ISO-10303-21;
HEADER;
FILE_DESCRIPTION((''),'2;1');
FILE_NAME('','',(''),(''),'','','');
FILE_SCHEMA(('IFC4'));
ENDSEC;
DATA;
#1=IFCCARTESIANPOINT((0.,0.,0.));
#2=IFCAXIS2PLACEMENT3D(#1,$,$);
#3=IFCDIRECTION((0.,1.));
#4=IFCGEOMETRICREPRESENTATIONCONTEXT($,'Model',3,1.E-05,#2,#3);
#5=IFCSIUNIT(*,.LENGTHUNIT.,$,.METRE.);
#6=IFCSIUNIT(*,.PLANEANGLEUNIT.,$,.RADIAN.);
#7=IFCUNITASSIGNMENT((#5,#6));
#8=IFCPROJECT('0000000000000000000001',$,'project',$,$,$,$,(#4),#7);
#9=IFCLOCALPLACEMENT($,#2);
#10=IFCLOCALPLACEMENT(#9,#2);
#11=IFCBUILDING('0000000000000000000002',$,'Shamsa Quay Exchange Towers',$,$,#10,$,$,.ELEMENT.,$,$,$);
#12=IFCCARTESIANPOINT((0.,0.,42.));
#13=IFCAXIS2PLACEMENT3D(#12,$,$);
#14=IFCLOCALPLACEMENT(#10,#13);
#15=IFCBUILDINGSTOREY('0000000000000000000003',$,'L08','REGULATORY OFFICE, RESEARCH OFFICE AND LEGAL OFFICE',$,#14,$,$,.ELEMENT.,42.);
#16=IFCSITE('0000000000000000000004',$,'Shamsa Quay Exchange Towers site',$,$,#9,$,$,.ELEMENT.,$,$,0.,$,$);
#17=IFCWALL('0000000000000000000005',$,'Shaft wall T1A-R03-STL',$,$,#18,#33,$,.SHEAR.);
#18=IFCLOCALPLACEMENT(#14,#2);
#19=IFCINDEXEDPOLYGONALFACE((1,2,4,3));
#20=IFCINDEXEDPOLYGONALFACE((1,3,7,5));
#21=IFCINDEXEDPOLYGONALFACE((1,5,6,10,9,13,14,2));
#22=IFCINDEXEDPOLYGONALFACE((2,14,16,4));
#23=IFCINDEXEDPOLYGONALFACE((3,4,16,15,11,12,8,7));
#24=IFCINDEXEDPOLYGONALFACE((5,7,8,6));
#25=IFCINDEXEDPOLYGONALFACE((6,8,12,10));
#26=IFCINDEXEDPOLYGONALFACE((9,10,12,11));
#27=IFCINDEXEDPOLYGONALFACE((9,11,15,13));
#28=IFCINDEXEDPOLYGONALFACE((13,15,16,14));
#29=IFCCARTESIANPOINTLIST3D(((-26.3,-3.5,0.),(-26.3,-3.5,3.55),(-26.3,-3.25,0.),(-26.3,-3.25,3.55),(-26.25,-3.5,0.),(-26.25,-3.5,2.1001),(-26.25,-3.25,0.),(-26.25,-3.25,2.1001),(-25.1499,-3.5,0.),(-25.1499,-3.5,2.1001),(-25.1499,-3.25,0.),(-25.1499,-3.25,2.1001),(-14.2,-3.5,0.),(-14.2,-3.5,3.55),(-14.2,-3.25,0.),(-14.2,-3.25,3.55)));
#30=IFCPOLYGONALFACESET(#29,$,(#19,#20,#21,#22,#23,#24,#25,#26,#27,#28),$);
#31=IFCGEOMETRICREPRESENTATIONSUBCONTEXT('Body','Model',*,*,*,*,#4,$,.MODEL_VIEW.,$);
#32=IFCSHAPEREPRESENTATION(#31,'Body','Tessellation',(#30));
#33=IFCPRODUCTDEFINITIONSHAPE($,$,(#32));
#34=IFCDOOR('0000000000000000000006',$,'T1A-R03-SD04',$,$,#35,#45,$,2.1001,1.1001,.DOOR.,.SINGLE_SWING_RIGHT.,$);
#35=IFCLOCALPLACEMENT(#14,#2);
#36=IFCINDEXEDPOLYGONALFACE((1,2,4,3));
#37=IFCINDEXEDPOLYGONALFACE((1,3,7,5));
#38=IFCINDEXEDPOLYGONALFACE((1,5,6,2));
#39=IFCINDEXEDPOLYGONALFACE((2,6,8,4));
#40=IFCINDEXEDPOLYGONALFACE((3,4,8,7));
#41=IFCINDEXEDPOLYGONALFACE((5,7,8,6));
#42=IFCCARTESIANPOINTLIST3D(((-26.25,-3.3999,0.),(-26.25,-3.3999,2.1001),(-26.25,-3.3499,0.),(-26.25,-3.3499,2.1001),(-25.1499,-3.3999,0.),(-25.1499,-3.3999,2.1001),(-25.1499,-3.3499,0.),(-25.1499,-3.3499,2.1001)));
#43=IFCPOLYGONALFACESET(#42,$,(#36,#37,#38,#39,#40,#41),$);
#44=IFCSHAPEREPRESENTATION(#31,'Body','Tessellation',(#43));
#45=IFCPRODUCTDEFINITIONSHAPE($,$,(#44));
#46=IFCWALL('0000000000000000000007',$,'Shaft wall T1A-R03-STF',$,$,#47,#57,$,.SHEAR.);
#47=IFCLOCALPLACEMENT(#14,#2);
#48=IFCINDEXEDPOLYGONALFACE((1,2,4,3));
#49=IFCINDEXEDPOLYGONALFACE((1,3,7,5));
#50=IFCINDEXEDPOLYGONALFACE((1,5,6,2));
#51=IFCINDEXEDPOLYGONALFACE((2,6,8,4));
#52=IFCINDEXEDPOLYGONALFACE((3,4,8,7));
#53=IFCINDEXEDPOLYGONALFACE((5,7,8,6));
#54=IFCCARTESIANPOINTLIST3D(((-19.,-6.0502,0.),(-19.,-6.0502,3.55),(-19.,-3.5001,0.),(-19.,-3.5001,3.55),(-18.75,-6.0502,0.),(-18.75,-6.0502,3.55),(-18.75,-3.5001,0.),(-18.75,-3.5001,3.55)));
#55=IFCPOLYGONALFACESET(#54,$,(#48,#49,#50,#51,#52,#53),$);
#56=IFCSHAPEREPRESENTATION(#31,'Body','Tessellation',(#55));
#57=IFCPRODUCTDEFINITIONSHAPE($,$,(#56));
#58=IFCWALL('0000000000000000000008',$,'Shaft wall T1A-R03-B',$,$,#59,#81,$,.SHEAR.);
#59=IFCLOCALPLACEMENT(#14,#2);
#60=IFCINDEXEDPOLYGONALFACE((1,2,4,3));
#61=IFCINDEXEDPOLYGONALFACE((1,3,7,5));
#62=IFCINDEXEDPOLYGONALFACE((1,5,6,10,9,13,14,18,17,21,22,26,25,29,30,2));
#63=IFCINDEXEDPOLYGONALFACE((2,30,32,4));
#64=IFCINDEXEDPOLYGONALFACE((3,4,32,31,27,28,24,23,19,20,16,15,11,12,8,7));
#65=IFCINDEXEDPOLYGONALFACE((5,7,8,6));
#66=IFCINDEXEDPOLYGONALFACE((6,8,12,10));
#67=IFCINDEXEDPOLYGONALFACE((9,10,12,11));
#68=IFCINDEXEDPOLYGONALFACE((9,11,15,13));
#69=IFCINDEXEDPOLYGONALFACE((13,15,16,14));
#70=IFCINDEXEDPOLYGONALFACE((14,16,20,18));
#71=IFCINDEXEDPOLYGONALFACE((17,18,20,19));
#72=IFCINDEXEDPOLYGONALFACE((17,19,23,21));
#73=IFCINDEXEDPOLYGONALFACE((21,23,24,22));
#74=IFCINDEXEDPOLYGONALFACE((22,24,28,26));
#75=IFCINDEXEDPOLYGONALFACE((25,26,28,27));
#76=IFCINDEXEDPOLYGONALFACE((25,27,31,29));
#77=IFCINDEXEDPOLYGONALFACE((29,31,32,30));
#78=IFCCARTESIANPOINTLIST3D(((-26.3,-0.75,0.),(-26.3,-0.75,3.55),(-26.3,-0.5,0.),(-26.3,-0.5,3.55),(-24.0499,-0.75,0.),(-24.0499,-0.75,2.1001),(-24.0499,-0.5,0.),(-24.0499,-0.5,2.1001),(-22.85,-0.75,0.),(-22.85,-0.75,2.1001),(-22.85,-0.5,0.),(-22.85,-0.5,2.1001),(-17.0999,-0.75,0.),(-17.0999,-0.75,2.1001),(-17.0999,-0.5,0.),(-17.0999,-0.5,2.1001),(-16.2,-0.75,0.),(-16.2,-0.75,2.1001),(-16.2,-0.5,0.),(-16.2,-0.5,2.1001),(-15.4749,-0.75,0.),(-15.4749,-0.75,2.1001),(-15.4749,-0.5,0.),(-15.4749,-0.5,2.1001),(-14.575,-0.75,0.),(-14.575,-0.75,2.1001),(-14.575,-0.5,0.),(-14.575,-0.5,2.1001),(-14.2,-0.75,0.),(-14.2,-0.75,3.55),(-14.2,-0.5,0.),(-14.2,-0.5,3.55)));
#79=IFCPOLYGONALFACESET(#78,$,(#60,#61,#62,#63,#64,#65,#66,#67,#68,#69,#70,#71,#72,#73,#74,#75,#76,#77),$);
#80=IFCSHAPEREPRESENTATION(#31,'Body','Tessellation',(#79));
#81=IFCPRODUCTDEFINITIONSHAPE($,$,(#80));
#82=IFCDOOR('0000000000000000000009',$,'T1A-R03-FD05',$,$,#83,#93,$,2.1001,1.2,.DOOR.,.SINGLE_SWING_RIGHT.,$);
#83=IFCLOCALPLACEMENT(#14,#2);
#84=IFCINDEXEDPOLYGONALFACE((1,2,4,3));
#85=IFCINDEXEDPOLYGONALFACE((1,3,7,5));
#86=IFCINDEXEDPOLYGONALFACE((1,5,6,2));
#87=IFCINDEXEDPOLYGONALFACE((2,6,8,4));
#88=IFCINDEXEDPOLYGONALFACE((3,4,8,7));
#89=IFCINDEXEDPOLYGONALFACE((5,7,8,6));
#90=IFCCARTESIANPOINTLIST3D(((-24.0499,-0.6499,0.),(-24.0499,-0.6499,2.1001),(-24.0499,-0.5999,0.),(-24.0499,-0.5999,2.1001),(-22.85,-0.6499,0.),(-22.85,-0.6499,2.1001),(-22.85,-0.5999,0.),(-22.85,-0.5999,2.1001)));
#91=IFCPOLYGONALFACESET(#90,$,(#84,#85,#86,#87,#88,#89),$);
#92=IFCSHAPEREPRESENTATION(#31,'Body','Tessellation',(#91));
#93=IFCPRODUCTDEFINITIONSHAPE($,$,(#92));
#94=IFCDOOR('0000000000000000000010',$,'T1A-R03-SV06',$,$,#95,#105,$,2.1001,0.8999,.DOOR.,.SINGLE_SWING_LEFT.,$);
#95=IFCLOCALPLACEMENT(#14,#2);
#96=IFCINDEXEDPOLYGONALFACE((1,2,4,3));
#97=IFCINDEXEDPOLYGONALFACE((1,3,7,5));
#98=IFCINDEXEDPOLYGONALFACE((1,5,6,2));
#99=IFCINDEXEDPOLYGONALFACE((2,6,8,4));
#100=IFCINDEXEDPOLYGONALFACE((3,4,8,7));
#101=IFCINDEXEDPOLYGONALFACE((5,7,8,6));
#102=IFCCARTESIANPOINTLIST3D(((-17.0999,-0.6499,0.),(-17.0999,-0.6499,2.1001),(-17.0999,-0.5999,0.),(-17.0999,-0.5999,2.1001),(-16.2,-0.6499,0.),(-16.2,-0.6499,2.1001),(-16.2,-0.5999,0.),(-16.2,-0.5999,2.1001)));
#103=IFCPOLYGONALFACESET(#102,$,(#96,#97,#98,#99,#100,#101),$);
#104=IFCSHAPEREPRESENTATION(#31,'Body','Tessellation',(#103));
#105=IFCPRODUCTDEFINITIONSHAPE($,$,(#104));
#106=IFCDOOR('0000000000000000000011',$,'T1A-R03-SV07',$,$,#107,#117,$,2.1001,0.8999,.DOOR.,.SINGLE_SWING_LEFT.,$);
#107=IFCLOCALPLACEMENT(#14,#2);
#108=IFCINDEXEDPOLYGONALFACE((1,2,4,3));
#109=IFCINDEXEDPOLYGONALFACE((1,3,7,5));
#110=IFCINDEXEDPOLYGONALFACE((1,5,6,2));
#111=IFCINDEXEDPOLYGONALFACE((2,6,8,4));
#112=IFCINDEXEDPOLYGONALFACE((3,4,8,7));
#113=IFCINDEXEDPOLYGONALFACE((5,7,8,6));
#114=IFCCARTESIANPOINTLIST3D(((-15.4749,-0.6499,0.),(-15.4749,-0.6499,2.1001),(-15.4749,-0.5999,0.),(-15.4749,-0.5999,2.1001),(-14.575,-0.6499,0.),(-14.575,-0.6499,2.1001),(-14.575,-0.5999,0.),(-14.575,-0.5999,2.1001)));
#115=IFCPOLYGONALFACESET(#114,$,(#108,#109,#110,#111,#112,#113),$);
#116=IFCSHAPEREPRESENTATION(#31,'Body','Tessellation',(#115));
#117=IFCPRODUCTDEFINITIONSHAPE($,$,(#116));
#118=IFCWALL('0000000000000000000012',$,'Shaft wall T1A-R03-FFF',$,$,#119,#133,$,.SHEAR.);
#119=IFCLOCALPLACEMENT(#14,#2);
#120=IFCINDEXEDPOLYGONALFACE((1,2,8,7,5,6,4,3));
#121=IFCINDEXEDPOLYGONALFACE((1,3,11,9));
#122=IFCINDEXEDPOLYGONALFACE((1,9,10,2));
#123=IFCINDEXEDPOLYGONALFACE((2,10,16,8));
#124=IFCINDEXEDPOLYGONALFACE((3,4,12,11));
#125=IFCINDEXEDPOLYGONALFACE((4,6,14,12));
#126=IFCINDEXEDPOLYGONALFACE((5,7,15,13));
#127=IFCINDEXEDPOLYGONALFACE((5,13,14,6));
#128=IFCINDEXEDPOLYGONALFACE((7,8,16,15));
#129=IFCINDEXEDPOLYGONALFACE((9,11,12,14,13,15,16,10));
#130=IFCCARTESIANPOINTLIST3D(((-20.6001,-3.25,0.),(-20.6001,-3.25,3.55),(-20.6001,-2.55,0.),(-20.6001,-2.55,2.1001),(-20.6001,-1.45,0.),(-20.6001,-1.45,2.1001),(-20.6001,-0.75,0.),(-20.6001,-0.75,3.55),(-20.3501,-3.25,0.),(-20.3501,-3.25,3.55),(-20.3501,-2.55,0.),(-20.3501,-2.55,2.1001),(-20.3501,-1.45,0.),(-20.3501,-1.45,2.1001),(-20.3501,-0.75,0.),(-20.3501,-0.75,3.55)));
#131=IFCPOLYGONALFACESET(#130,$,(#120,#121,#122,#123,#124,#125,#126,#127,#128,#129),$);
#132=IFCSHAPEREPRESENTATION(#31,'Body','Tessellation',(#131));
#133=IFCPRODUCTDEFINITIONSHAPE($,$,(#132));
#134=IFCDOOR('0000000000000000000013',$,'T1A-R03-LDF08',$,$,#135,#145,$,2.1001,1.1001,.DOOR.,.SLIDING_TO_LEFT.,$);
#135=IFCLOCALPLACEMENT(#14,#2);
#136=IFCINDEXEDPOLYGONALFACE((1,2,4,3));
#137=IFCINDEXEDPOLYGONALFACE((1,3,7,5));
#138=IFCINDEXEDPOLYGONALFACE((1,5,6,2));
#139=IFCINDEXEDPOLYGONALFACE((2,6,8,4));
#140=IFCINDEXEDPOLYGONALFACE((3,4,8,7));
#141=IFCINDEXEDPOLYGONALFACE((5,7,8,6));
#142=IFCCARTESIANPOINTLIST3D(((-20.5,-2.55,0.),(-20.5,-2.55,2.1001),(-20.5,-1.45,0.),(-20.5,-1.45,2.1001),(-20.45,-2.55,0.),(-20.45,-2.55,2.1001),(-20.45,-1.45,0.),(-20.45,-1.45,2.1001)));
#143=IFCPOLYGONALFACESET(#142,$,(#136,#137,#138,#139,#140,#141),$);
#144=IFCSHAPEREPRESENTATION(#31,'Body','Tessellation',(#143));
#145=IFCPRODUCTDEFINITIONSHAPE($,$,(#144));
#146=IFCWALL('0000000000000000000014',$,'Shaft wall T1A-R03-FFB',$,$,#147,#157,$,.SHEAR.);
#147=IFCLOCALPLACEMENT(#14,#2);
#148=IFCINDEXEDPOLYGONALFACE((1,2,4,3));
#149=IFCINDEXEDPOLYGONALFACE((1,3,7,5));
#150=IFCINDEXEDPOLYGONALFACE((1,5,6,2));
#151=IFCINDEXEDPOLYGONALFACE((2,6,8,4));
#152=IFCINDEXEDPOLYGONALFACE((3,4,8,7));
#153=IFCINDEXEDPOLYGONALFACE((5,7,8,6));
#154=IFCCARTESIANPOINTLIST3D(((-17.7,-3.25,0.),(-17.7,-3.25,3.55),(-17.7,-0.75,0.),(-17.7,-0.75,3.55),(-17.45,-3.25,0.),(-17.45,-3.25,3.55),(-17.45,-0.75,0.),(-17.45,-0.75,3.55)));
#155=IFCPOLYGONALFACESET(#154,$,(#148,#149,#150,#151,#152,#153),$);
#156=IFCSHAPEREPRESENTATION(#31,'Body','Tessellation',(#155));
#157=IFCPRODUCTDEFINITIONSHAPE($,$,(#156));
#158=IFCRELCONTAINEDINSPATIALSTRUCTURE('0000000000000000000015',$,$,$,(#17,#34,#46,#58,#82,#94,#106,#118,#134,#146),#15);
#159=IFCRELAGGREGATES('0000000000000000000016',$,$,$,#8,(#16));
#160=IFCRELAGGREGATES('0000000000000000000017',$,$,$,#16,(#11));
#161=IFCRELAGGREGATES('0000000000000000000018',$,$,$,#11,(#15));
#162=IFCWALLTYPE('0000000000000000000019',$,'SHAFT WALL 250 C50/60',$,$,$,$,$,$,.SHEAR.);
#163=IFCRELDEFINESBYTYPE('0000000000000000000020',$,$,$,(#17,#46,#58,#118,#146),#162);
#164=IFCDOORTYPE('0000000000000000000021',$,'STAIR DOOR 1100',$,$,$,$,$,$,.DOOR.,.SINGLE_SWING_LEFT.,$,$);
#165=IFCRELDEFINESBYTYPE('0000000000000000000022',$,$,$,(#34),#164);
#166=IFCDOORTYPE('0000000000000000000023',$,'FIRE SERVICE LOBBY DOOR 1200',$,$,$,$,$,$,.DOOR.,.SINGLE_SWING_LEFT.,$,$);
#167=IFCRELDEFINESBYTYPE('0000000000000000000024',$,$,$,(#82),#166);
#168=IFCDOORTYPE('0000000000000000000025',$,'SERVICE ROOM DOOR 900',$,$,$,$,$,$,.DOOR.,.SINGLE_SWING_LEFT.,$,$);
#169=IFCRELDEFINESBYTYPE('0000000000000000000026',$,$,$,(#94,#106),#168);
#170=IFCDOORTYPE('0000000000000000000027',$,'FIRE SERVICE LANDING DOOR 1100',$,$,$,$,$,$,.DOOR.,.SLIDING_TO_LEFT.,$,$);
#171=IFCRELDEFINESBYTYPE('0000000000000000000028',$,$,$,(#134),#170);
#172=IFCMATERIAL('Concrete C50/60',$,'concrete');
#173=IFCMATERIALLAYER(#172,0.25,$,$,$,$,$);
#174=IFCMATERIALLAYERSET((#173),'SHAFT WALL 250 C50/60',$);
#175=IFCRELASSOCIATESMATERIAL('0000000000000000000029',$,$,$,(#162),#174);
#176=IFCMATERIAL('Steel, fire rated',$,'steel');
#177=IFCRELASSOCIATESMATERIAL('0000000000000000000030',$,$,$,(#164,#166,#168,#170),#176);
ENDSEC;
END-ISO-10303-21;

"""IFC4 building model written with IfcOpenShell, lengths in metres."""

from ifc_helpers import new_model, si_unit, direction, frame, frame_2d, origin, place, context, subcontext, project, spatial, rectangle, extrude, material, layer, layer_set, type_object, element, fill, save


model = new_model("IFC4")

# Units and contexts
model_context = context("Model", 3, precision=1e-05, world=origin(), true_north=direction((0.0, 1.0)))
body_context = subcontext(model_context, "Body", "Model", "MODEL_VIEW")
ifc_project = project(units=[si_unit("LENGTHUNIT", "METRE"), si_unit("PLANEANGLEUNIT", "RADIAN")], contexts=[model_context])

# Site, building, storey
site_placement = place(None, origin())
site = spatial("IfcSite", under=ifc_project, at=site_placement, Name="Shamsa Quay Exchange Towers site", CompositionType="ELEMENT", RefElevation=0.0)
building_placement = place(site_placement, origin())
building = spatial("IfcBuilding", under=site, at=building_placement, Name="Shamsa Quay Exchange Towers", CompositionType="ELEMENT")
storey_placement = place(building_placement, frame((0.0, 0.0, 42.0)))
storey = spatial("IfcBuildingStorey", under=building, at=storey_placement, Name="L08", Description="REGULATORY OFFICE, RESEARCH OFFICE AND LEGAL OFFICE", CompositionType="ELEMENT", Elevation=42.0)

# Wall, opening, door
ifc_material_1 = material(Name="Concrete C50/60", Category="concrete")
ifc_layer_1 = layer(ifc_material_1, 0.25)
ifc_layer_set_1 = layer_set([ifc_layer_1], Name="SHAFT WALL 250 C50/60")
wall_type_1 = type_object("IfcWallType", Name="SHAFT WALL 250 C50/60", PredefinedType="SHEAR", material=ifc_layer_set_1)
wall_1_placement = place(storey_placement, frame((-14.2, -3.375, 0.0), z_axis=(0.0, 0.0, 1.0), x_axis=(-1.0, 0.0, 0.0)))
wall_1 = element("IfcWall", 1, at=wall_1_placement, inside=storey, type_object=wall_type_1, Name="Shaft wall T1A-R03-STL", PredefinedType="SHEAR", context=body_context, shape_type="SweptSolid", body=[
    extrude(rectangle(XDim=12.1001, YDim=0.25, at=frame_2d((6.05, 0.0))), origin(), (0.0, 0.0, 1.0), 3.55),
])
opening_1_placement = place(wall_1_placement, frame((10.95, 0.0, 0.0)))
opening_1 = element("IfcOpeningElement", 2, at=opening_1_placement, cuts=wall_1, PredefinedType="OPENING", context=body_context, shape_type="SweptSolid", body=[
    extrude(rectangle(XDim=1.1001, YDim=2.1001, at=frame_2d((0.55, 1.05))), frame((0.0, 0.135, 0.0), z_axis=(0.0, -1.0, 0.0), x_axis=(1.0, 0.0, 0.0)), (0.0, 0.0, 1.0), 0.27),
])
ifc_material_2 = material(Name="Steel, fire rated", Category="steel")
door_type_1 = type_object("IfcDoorType", Name="STAIR DOOR 1100", OperationType="SINGLE_SWING_LEFT", PredefinedType="DOOR", material=ifc_material_2)
door_1_placement = place(opening_1_placement, origin())
door_1 = element("IfcDoor", 3, at=door_1_placement, inside=storey, type_object=door_type_1, Name="T1A-R03-SD04", OperationType="SINGLE_SWING_RIGHT", OverallHeight=2.1001, OverallWidth=1.1001, PredefinedType="DOOR", context=body_context, shape_type="SweptSolid", body=[
    extrude(rectangle(XDim=1.1001, YDim=2.1001, at=frame_2d((0.55, 1.05))), frame((0.0, 0.0249, 0.0), z_axis=(0.0, -1.0, 0.0), x_axis=(1.0, 0.0, 0.0)), (0.0, 0.0, 1.0), 0.05),
])
fill(opening_1, door_1)

# Wall
wall_2_placement = place(storey_placement, frame((-18.875, -6.05, 0.0), z_axis=(0.0, 0.0, 1.0), x_axis=(0.0, 1.0, 0.0)))
element("IfcWall", 4, at=wall_2_placement, inside=storey, type_object=wall_type_1, Name="Shaft wall T1A-R03-STF", PredefinedType="SHEAR", context=body_context, shape_type="SweptSolid", body=[
    extrude(rectangle(XDim=2.55, YDim=0.25, at=frame_2d((1.2749, 0.0))), origin(), (0.0, 0.0, 1.0), 3.55),
])

# Wall, openings, doors
wall_3_placement = place(storey_placement, frame((-14.2, -0.625, 0.0), z_axis=(0.0, 0.0, 1.0), x_axis=(-1.0, 0.0, 0.0)))
wall_3 = element("IfcWall", 5, at=wall_3_placement, inside=storey, type_object=wall_type_1, Name="Shaft wall T1A-R03-B", PredefinedType="SHEAR", context=body_context, shape_type="SweptSolid", body=[
    extrude(rectangle(XDim=12.1001, YDim=0.25, at=frame_2d((6.05, 0.0))), origin(), (0.0, 0.0, 1.0), 3.55),
])
opening_2_placement = place(wall_3_placement, frame((8.6499, 0.0, 0.0)))
opening_2 = element("IfcOpeningElement", 6, at=opening_2_placement, cuts=wall_3, PredefinedType="OPENING", context=body_context, shape_type="SweptSolid", body=[
    extrude(rectangle(XDim=1.2, YDim=2.1001, at=frame_2d((0.6001, 1.05))), frame((0.0, 0.135, 0.0), z_axis=(0.0, -1.0, 0.0), x_axis=(1.0, 0.0, 0.0)), (0.0, 0.0, 1.0), 0.27),
])
opening_3_placement = place(wall_3_placement, frame((2.0, 0.0, 0.0)))
opening_3 = element("IfcOpeningElement", 7, at=opening_3_placement, cuts=wall_3, PredefinedType="OPENING", context=body_context, shape_type="SweptSolid", body=[
    extrude(rectangle(XDim=0.8999, YDim=2.1001, at=frame_2d((0.45, 1.05))), frame((0.0, 0.135, 0.0), z_axis=(0.0, -1.0, 0.0), x_axis=(1.0, 0.0, 0.0)), (0.0, 0.0, 1.0), 0.27),
])
opening_4_placement = place(wall_3_placement, frame((0.375, 0.0, 0.0)))
opening_4 = element("IfcOpeningElement", 8, at=opening_4_placement, cuts=wall_3, PredefinedType="OPENING", context=body_context, shape_type="SweptSolid", body=[
    extrude(rectangle(XDim=0.8999, YDim=2.1001, at=frame_2d((0.45, 1.05))), frame((0.0, 0.135, 0.0), z_axis=(0.0, -1.0, 0.0), x_axis=(1.0, 0.0, 0.0)), (0.0, 0.0, 1.0), 0.27),
])
door_type_2 = type_object("IfcDoorType", Name="FIRE SERVICE LOBBY DOOR 1200", OperationType="SINGLE_SWING_LEFT", PredefinedType="DOOR", material=ifc_material_2)
door_2_placement = place(opening_2_placement, origin())
door_2 = element("IfcDoor", 9, at=door_2_placement, inside=storey, type_object=door_type_2, Name="T1A-R03-FD05", OperationType="SINGLE_SWING_RIGHT", OverallHeight=2.1001, OverallWidth=1.2, PredefinedType="DOOR", context=body_context, shape_type="SweptSolid", body=[
    extrude(rectangle(XDim=1.2, YDim=2.1001, at=frame_2d((0.6001, 1.05))), frame((0.0, 0.0249, 0.0), z_axis=(0.0, -1.0, 0.0), x_axis=(1.0, 0.0, 0.0)), (0.0, 0.0, 1.0), 0.05),
])
fill(opening_2, door_2)
door_type_3 = type_object("IfcDoorType", Name="SERVICE ROOM DOOR 900", OperationType="SINGLE_SWING_LEFT", PredefinedType="DOOR", material=ifc_material_2)
door_3_placement = place(opening_3_placement, origin())
door_3 = element("IfcDoor", 10, at=door_3_placement, inside=storey, type_object=door_type_3, Name="T1A-R03-SV06", OperationType="SINGLE_SWING_LEFT", OverallHeight=2.1001, OverallWidth=0.8999, PredefinedType="DOOR", context=body_context, shape_type="SweptSolid", body=[
    extrude(rectangle(XDim=0.8999, YDim=2.1001, at=frame_2d((0.45, 1.05))), frame((0.0, 0.0249, 0.0), z_axis=(0.0, -1.0, 0.0), x_axis=(1.0, 0.0, 0.0)), (0.0, 0.0, 1.0), 0.05),
])
fill(opening_3, door_3)
door_4_placement = place(opening_4_placement, origin())
door_4 = element("IfcDoor", 11, at=door_4_placement, inside=storey, type_object=door_type_3, Name="T1A-R03-SV07", OperationType="SINGLE_SWING_LEFT", OverallHeight=2.1001, OverallWidth=0.8999, PredefinedType="DOOR", context=body_context, shape_type="SweptSolid", body=[
    extrude(rectangle(XDim=0.8999, YDim=2.1001, at=frame_2d((0.45, 1.05))), frame((0.0, 0.0249, 0.0), z_axis=(0.0, -1.0, 0.0), x_axis=(1.0, 0.0, 0.0)), (0.0, 0.0, 1.0), 0.05),
])
fill(opening_4, door_4)

# Wall, opening, door
wall_4_placement = place(storey_placement, frame((-20.4751, -3.25, 0.0), z_axis=(0.0, 0.0, 1.0), x_axis=(0.0, 1.0, 0.0)))
wall_4 = element("IfcWall", 12, at=wall_4_placement, inside=storey, type_object=wall_type_1, Name="Shaft wall T1A-R03-FFF", PredefinedType="SHEAR", context=body_context, shape_type="SweptSolid", body=[
    extrude(rectangle(XDim=2.5, YDim=0.25, at=frame_2d((1.25, 0.0))), origin(), (0.0, 0.0, 1.0), 3.55),
])
opening_5_placement = place(wall_4_placement, frame((0.7, 0.0, 0.0)))
opening_5 = element("IfcOpeningElement", 13, at=opening_5_placement, cuts=wall_4, PredefinedType="OPENING", context=body_context, shape_type="SweptSolid", body=[
    extrude(rectangle(XDim=1.1001, YDim=2.1001, at=frame_2d((0.55, 1.05))), frame((0.0, 0.135, 0.0), z_axis=(0.0, -1.0, 0.0), x_axis=(1.0, 0.0, 0.0)), (0.0, 0.0, 1.0), 0.27),
])
door_type_4 = type_object("IfcDoorType", Name="FIRE SERVICE LANDING DOOR 1100", OperationType="SLIDING_TO_LEFT", PredefinedType="DOOR", material=ifc_material_2)
door_5_placement = place(opening_5_placement, origin())
door_5 = element("IfcDoor", 14, at=door_5_placement, inside=storey, type_object=door_type_4, Name="T1A-R03-LDF08", OperationType="SLIDING_TO_LEFT", OverallHeight=2.1001, OverallWidth=1.1001, PredefinedType="DOOR", context=body_context, shape_type="SweptSolid", body=[
    extrude(rectangle(XDim=1.1001, YDim=2.1001, at=frame_2d((0.55, 1.05))), frame((0.0, 0.0249, 0.0), z_axis=(0.0, -1.0, 0.0), x_axis=(1.0, 0.0, 0.0)), (0.0, 0.0, 1.0), 0.05),
])
fill(opening_5, door_5)

# Wall
wall_5_placement = place(storey_placement, frame((-17.575, -3.25, 0.0), z_axis=(0.0, 0.0, 1.0), x_axis=(0.0, 1.0, 0.0)))
element("IfcWall", 15, at=wall_5_placement, inside=storey, type_object=wall_type_1, Name="Shaft wall T1A-R03-FFB", PredefinedType="SHEAR", context=body_context, shape_type="SweptSolid", body=[
    extrude(rectangle(XDim=2.5, YDim=0.25, at=frame_2d((1.25, 0.0))), origin(), (0.0, 0.0, 1.0), 3.55),
])

save(model, "model.ifc")
